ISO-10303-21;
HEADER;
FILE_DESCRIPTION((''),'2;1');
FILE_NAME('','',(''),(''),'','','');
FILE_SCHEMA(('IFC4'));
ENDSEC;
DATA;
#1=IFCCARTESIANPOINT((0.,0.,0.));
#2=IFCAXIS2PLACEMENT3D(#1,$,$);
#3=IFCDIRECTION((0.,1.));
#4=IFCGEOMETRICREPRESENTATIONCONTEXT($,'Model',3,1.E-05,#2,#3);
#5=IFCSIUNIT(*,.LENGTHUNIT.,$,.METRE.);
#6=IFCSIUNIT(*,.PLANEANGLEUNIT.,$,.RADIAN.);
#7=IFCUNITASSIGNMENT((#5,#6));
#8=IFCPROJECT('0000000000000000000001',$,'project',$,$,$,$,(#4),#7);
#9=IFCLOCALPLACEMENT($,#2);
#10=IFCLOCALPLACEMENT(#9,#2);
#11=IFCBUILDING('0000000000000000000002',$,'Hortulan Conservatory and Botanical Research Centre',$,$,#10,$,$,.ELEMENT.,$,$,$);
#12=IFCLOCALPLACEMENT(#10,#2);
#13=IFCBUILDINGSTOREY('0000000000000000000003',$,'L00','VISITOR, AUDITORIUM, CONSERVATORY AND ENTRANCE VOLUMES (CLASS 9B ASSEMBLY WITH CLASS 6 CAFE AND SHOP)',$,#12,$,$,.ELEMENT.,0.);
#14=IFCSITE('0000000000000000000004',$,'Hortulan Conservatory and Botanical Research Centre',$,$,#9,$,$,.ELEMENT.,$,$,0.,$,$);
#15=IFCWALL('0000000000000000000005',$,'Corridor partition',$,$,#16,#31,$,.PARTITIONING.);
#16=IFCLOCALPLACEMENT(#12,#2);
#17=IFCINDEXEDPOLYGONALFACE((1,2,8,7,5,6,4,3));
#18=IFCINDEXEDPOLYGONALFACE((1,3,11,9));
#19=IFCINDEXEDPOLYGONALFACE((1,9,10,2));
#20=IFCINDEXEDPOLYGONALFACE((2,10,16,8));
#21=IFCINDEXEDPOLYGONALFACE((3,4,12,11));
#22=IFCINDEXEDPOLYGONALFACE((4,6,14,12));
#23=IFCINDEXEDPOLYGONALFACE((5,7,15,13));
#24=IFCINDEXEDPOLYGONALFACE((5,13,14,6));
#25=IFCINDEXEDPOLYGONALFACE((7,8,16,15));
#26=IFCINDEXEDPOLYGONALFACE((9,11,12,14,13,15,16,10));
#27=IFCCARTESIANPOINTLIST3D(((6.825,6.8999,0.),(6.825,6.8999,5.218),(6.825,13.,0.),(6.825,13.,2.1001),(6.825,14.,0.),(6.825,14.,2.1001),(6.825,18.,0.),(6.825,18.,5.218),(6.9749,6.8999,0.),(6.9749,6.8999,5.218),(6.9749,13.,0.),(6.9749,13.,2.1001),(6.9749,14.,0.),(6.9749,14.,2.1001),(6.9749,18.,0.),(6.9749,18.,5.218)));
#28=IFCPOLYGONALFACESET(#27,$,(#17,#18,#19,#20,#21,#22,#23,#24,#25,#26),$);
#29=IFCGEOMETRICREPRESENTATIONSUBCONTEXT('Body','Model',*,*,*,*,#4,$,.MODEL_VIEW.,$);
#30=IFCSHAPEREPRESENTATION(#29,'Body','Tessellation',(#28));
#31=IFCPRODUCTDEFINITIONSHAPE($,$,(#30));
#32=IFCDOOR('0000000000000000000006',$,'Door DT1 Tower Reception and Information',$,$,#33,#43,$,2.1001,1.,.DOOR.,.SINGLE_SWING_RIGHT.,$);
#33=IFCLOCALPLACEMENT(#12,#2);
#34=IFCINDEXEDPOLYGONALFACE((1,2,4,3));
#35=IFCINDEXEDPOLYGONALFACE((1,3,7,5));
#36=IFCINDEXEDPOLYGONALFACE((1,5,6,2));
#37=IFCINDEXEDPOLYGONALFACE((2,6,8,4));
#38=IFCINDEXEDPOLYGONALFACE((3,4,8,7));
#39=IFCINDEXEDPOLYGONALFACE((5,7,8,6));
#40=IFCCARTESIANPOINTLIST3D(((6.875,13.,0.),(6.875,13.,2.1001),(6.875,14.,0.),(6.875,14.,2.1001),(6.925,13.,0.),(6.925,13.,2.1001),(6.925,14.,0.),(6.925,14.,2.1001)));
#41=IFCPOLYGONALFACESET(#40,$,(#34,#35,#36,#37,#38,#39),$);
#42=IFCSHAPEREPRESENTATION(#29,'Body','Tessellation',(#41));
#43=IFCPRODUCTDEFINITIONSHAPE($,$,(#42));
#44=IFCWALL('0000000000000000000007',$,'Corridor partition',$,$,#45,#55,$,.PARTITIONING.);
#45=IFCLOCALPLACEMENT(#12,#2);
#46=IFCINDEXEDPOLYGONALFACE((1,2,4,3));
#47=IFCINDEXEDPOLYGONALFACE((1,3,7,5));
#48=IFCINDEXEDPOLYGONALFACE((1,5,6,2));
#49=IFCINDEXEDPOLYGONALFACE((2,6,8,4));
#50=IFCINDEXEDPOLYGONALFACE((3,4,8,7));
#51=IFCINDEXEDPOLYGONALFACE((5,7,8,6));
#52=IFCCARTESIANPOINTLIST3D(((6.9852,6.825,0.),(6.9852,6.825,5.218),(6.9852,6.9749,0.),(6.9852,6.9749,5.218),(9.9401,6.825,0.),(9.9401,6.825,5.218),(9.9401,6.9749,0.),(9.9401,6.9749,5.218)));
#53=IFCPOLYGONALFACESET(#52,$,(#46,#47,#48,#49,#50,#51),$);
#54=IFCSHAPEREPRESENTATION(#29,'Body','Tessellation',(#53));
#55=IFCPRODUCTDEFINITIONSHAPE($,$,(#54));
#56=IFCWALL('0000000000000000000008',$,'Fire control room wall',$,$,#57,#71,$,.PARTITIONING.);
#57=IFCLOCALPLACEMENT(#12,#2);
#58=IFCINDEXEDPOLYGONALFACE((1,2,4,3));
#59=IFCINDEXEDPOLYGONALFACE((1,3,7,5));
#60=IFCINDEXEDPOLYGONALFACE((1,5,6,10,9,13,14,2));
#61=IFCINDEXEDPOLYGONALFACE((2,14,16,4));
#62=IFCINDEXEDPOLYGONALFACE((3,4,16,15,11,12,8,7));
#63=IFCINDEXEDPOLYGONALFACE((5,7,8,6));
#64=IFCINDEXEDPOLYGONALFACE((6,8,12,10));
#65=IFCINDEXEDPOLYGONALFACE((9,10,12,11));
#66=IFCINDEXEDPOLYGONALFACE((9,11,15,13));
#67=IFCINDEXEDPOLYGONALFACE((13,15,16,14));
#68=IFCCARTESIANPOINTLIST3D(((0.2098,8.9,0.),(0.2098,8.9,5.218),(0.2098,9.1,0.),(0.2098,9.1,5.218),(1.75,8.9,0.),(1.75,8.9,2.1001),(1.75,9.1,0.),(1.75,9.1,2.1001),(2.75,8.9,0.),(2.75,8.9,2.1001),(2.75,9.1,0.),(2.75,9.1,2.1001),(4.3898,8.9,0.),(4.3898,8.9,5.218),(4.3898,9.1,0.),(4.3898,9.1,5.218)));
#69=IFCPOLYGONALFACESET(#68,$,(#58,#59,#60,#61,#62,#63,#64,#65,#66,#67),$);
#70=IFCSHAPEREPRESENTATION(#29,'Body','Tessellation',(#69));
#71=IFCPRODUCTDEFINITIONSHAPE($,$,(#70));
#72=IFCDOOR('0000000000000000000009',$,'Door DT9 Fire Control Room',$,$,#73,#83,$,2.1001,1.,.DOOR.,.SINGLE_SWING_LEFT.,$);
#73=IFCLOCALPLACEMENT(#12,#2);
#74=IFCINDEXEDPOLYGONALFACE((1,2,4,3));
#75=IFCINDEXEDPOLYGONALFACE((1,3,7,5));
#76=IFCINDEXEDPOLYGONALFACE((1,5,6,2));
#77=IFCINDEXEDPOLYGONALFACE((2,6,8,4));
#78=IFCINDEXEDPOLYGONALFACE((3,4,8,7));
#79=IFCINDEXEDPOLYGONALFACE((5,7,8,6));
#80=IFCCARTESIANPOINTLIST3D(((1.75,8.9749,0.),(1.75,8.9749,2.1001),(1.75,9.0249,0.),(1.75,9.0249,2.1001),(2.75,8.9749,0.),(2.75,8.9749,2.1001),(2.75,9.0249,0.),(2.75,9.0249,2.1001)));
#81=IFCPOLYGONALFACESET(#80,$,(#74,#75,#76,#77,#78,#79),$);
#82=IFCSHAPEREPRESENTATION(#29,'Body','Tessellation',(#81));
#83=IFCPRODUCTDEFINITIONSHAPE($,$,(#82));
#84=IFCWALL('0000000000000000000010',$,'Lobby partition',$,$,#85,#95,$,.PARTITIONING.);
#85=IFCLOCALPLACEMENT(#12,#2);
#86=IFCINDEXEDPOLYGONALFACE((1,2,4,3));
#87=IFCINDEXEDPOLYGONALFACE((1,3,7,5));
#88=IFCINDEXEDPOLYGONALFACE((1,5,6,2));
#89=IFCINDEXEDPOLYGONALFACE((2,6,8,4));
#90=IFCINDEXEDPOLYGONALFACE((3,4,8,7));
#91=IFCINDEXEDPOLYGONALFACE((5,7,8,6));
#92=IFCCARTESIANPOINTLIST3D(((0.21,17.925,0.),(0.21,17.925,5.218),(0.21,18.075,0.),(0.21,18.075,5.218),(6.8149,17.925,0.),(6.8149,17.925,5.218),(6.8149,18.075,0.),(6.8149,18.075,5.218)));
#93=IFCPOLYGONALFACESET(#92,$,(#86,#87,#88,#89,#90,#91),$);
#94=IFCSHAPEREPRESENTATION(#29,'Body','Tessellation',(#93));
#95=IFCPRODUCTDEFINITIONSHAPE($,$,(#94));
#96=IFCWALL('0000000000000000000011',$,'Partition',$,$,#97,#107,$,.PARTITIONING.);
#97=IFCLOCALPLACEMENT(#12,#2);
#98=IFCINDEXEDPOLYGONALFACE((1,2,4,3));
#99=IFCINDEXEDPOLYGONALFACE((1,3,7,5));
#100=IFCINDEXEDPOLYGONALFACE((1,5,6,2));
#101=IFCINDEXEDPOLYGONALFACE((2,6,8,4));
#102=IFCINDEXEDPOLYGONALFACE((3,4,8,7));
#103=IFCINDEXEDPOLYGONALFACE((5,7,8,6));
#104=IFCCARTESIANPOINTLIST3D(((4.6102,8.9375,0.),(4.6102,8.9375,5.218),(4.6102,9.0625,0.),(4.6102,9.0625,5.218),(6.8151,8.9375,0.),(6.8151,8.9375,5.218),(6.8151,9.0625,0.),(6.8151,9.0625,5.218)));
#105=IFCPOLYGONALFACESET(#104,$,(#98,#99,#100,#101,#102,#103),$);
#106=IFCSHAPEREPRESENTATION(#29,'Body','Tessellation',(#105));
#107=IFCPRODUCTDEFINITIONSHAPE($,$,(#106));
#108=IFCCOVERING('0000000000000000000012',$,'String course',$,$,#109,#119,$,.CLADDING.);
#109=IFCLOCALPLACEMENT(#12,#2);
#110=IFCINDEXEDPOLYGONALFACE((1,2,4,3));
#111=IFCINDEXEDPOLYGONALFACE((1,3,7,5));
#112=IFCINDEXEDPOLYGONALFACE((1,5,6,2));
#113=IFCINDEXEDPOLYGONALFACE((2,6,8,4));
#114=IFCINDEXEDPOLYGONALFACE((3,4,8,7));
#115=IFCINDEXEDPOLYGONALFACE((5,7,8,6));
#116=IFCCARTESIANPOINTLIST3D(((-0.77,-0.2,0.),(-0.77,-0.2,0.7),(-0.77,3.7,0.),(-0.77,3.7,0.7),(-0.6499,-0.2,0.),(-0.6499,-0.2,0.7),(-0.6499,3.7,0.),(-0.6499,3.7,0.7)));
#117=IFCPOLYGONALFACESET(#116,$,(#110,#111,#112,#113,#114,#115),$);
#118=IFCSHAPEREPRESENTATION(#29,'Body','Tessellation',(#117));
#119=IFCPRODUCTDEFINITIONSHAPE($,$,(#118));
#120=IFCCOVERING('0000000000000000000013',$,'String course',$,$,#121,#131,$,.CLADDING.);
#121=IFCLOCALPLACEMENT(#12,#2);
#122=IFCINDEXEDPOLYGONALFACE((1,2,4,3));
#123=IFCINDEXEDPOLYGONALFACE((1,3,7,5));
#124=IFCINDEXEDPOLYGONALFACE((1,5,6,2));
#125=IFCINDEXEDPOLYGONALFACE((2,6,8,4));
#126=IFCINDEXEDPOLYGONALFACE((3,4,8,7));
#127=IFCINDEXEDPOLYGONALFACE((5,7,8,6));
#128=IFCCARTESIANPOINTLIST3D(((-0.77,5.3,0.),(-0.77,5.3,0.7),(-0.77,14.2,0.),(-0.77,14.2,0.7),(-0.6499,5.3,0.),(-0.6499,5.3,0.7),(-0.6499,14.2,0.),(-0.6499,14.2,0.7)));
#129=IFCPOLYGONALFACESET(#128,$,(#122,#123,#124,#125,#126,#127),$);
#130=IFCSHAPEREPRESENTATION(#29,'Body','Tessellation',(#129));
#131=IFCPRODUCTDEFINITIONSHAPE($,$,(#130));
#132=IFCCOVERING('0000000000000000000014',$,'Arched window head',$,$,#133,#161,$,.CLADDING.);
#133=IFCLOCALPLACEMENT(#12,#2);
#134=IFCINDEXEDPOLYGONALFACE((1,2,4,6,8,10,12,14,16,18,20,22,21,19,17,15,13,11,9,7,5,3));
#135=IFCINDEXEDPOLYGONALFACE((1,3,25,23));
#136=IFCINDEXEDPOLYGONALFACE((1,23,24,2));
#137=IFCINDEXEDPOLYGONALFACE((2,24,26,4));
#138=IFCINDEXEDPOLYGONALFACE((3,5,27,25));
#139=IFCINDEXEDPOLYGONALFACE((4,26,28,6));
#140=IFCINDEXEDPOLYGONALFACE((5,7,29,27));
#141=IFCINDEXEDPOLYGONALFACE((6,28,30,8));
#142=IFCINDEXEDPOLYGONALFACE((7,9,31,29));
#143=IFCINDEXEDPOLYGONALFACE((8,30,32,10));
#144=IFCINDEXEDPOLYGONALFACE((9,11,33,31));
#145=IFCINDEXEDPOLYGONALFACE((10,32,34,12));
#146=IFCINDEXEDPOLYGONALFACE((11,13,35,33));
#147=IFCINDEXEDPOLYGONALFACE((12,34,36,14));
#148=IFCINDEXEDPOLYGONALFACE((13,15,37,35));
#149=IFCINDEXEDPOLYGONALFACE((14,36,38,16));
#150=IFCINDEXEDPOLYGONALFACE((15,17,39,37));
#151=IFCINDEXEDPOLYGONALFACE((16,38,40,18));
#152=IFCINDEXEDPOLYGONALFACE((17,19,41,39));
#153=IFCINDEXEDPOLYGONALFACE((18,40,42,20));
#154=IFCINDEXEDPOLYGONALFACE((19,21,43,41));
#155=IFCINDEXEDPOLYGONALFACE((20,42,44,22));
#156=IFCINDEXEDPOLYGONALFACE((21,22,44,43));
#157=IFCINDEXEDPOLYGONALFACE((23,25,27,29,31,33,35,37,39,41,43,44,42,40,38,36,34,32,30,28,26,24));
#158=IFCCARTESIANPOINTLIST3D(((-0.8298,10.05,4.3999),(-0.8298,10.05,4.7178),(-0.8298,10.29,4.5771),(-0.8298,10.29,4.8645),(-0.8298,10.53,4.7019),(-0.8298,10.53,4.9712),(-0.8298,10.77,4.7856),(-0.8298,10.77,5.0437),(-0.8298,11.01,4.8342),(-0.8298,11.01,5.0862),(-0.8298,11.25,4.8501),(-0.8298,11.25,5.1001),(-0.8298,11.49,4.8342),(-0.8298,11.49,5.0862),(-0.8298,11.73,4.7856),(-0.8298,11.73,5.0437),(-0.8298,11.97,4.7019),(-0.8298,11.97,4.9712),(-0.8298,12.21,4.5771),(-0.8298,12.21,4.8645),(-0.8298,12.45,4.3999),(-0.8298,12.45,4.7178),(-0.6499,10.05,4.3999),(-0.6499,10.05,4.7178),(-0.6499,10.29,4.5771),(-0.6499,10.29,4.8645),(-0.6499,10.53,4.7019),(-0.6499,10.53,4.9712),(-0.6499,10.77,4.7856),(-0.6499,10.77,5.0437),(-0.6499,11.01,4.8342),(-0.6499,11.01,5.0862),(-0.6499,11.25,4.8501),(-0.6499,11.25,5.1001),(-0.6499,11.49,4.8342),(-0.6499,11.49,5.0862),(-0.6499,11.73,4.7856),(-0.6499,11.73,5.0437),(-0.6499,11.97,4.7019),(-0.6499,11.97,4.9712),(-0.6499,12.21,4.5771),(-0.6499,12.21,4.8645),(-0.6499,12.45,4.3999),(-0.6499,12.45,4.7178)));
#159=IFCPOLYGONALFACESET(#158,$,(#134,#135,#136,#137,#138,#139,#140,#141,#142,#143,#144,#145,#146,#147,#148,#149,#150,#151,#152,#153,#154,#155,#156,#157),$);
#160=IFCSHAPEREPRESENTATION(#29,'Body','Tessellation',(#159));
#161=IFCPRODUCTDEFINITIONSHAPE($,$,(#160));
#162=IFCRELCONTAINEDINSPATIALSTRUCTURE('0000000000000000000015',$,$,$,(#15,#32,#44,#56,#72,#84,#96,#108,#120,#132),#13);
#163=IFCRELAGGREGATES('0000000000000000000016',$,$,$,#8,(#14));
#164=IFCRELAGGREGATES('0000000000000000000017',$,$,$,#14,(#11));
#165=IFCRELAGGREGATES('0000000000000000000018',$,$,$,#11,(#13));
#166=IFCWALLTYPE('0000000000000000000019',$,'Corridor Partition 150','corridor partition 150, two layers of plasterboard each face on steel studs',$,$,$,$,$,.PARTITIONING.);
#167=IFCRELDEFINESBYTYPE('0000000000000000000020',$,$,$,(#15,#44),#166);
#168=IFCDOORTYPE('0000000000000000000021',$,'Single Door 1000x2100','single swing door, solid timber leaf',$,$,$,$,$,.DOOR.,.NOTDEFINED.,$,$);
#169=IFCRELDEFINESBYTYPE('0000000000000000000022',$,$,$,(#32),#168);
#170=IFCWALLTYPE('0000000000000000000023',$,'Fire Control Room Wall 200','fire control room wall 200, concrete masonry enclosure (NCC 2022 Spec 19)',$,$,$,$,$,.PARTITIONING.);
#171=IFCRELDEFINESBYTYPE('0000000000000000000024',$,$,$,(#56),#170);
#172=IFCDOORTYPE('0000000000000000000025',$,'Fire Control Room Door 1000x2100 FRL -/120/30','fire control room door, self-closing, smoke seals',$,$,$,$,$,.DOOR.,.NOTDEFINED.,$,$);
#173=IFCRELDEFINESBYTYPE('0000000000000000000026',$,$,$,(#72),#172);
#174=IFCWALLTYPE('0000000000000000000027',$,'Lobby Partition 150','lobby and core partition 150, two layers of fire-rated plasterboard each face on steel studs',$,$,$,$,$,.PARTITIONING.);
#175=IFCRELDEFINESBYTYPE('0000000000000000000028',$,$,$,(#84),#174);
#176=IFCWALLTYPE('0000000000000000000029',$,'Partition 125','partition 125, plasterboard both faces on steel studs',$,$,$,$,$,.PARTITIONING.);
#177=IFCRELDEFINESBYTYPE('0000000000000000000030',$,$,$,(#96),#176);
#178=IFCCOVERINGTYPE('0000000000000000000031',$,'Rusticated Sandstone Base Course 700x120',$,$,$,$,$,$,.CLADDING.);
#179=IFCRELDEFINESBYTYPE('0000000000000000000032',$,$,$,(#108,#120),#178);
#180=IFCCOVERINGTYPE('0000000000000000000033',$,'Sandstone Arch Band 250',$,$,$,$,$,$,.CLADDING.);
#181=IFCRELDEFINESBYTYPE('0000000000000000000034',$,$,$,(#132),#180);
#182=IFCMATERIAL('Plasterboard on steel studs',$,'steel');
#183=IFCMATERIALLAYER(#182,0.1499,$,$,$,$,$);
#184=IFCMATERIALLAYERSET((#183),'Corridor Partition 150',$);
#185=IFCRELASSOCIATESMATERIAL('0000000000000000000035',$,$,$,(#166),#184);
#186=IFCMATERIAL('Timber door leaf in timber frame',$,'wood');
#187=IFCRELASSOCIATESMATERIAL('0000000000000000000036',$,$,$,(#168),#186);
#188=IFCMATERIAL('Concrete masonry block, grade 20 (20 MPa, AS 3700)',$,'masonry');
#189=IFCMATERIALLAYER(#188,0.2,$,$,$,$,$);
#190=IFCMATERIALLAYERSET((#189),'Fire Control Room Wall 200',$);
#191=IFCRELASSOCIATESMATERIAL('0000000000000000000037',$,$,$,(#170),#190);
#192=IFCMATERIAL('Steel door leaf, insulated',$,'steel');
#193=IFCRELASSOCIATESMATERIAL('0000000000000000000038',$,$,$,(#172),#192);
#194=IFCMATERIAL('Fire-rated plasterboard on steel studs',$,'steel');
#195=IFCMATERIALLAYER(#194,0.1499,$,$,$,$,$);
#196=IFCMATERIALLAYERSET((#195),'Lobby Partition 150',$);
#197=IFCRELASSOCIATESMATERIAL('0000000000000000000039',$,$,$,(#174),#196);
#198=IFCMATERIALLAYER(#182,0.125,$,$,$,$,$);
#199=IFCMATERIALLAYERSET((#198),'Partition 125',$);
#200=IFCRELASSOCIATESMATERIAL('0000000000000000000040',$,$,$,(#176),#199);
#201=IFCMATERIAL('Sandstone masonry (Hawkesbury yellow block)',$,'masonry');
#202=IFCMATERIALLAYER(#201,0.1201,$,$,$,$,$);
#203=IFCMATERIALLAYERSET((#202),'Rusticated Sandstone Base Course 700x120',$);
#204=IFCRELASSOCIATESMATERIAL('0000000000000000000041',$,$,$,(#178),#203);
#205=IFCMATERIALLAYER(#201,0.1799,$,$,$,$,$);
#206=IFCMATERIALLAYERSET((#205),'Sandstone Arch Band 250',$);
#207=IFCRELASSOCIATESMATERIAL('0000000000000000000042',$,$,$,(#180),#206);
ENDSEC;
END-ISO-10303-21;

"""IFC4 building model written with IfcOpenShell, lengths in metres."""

from ifc_helpers import new_model, si_unit, direction, frame, frame_2d, origin, origin_2d, place, context, subcontext, project, spatial, polyline, rectangle, outline, extrude, material, layer, layer_set, type_object, element, fill, save


model = new_model("IFC4")

# Units and contexts
model_context = context("Model", 3, precision=1e-05, world=origin(), true_north=direction((0.0, 1.0)))
body_context = subcontext(model_context, "Body", "Model", "MODEL_VIEW")
ifc_project = project(units=[si_unit("LENGTHUNIT", "METRE"), si_unit("PLANEANGLEUNIT", "RADIAN")], contexts=[model_context])

# Site, building, storey
site_placement = place(None, origin())
site = spatial("IfcSite", under=ifc_project, at=site_placement, Name="Hortulan Conservatory and Botanical Research Centre", CompositionType="ELEMENT", RefElevation=0.0)
building_placement = place(site_placement, origin())
building = spatial("IfcBuilding", under=site, at=building_placement, Name="Hortulan Conservatory and Botanical Research Centre", CompositionType="ELEMENT")
storey_placement = place(building_placement, origin())
storey = spatial("IfcBuildingStorey", under=building, at=storey_placement, Name="L00", Description="VISITOR, AUDITORIUM, CONSERVATORY AND ENTRANCE VOLUMES (CLASS 9B ASSEMBLY WITH CLASS 6 CAFE AND SHOP)", CompositionType="ELEMENT", Elevation=0.0)

# Wall, opening, door
ifc_material_1 = material(Name="Plasterboard on steel studs", Category="steel")
ifc_layer_1 = layer(ifc_material_1, 0.1499)
ifc_layer_set_1 = layer_set([ifc_layer_1], Name="Corridor Partition 150")
wall_type_1 = type_object("IfcWallType", Name="Corridor Partition 150", Description="corridor partition 150, two layers of plasterboard each face on steel studs", PredefinedType="PARTITIONING", material=ifc_layer_set_1)
wall_1_placement = place(storey_placement, frame((6.8999, 6.8999, 0.0), z_axis=(0.0, 0.0, 1.0), x_axis=(0.0, 1.0, 0.0)))
wall_1 = element("IfcWall", 1, at=wall_1_placement, inside=storey, type_object=wall_type_1, Name="Corridor partition", PredefinedType="PARTITIONING", context=body_context, shape_type="SweptSolid", body=[
    extrude(rectangle(XDim=11.1001, YDim=0.1499, at=frame_2d((5.55, 0.0))), origin(), (0.0, 0.0, 1.0), 5.218),
])
opening_1_placement = place(wall_1_placement, frame((6.1001, 0.0, 0.0)))
opening_1 = element("IfcOpeningElement", 2, at=opening_1_placement, cuts=wall_1, PredefinedType="OPENING", context=body_context, shape_type="SweptSolid", body=[
    extrude(rectangle(XDim=1.0, YDim=2.1001, at=frame_2d((0.5, 1.05))), frame((0.0, 0.085, 0.0), z_axis=(0.0, -1.0, 0.0), x_axis=(1.0, 0.0, 0.0)), (0.0, 0.0, 1.0), 0.1699),
])
ifc_material_2 = material(Name="Timber door leaf in timber frame", Category="wood")
door_type_1 = type_object("IfcDoorType", Name="Single Door 1000x2100", Description="single swing door, solid timber leaf", OperationType="NOTDEFINED", PredefinedType="DOOR", material=ifc_material_2)
door_1_placement = place(opening_1_placement, origin())
door_1 = element("IfcDoor", 3, at=door_1_placement, inside=storey, type_object=door_type_1, Name="Door DT1 Tower Reception and Information", OperationType="SINGLE_SWING_RIGHT", OverallHeight=2.1001, OverallWidth=1.0, PredefinedType="DOOR", context=body_context, shape_type="SweptSolid", body=[
    extrude(rectangle(XDim=1.0, YDim=2.1001, at=frame_2d((0.5, 1.05))), frame((0.0, 0.0249, 0.0), z_axis=(0.0, -1.0, 0.0), x_axis=(1.0, 0.0, 0.0)), (0.0, 0.0, 1.0), 0.05),
])
fill(opening_1, door_1)

# Wall
wall_2_placement = place(storey_placement, frame((6.9851, 6.8999, 0.0), z_axis=(0.0, 0.0, 1.0), x_axis=(1.0, 0.0, 0.0)))
element("IfcWall", 4, at=wall_2_placement, inside=storey, type_object=wall_type_1, Name="Corridor partition", PredefinedType="PARTITIONING", context=body_context, shape_type="SweptSolid", body=[
    extrude(rectangle(XDim=2.9548, YDim=0.1499, at=frame_2d((1.4775, 0.0))), origin(), (0.0, 0.0, 1.0), 5.218),
])

# Wall, opening, door
ifc_material_3 = material(Name="Concrete masonry block, grade 20 (20 MPa, AS 3700)", Category="masonry")
ifc_layer_2 = layer(ifc_material_3, 0.2)
ifc_layer_set_2 = layer_set([ifc_layer_2], Name="Fire Control Room Wall 200")
wall_type_2 = type_object("IfcWallType", Name="Fire Control Room Wall 200", Description="fire control room wall 200, concrete masonry enclosure (NCC 2022 Spec 19)", PredefinedType="PARTITIONING", material=ifc_layer_set_2)
wall_3_placement = place(storey_placement, frame((0.21, 9.0, 0.0), z_axis=(0.0, 0.0, 1.0), x_axis=(1.0, 0.0, 0.0)))
wall_3 = element("IfcWall", 5, at=wall_3_placement, inside=storey, type_object=wall_type_2, Name="Fire control room wall", PredefinedType="PARTITIONING", context=body_context, shape_type="SweptSolid", body=[
    extrude(rectangle(XDim=4.1799, YDim=0.2, at=frame_2d((2.0898, 0.0))), origin(), (0.0, 0.0, 1.0), 5.218),
])
opening_2_placement = place(wall_3_placement, frame((1.54, 0.0, 0.0)))
opening_2 = element("IfcOpeningElement", 6, at=opening_2_placement, cuts=wall_3, PredefinedType="OPENING", context=body_context, shape_type="SweptSolid", body=[
    extrude(rectangle(XDim=1.0, YDim=2.1001, at=frame_2d((0.5, 1.05))), frame((0.0, 0.1099, 0.0), z_axis=(0.0, -1.0, 0.0), x_axis=(1.0, 0.0, 0.0)), (0.0, 0.0, 1.0), 0.22),
])
ifc_material_4 = material(Name="Steel door leaf, insulated", Category="steel")
door_type_2 = type_object("IfcDoorType", Name="Fire Control Room Door 1000x2100 FRL -/120/30", Description="fire control room door, self-closing, smoke seals", OperationType="NOTDEFINED", PredefinedType="DOOR", material=ifc_material_4)
door_2_placement = place(opening_2_placement, origin())
door_2 = element("IfcDoor", 7, at=door_2_placement, inside=storey, type_object=door_type_2, Name="Door DT9 Fire Control Room", OperationType="SINGLE_SWING_LEFT", OverallHeight=2.1001, OverallWidth=1.0, PredefinedType="DOOR", context=body_context, shape_type="SweptSolid", body=[
    extrude(rectangle(XDim=1.0, YDim=2.1001, at=frame_2d((0.5, 1.05))), frame((0.0, 0.0249, 0.0), z_axis=(0.0, -1.0, 0.0), x_axis=(1.0, 0.0, 0.0)), (0.0, 0.0, 1.0), 0.05),
])
fill(opening_2, door_2)

# Walls
ifc_material_5 = material(Name="Fire-rated plasterboard on steel studs", Category="steel")
ifc_layer_3 = layer(ifc_material_5, 0.1499)
ifc_layer_set_3 = layer_set([ifc_layer_3], Name="Lobby Partition 150")
wall_type_3 = type_object("IfcWallType", Name="Lobby Partition 150", Description="lobby and core partition 150, two layers of fire-rated plasterboard each face on steel studs", PredefinedType="PARTITIONING", material=ifc_layer_set_3)
wall_4_placement = place(storey_placement, frame((0.21, 18.0, 0.0), z_axis=(0.0, 0.0, 1.0), x_axis=(1.0, 0.0, 0.0)))
element("IfcWall", 8, at=wall_4_placement, inside=storey, type_object=wall_type_3, Name="Lobby partition", PredefinedType="PARTITIONING", context=body_context, shape_type="SweptSolid", body=[
    extrude(rectangle(XDim=6.605, YDim=0.1499, at=frame_2d((3.3025, 0.0))), origin(), (0.0, 0.0, 1.0), 5.218),
])
ifc_layer_4 = layer(ifc_material_1, 0.125)
ifc_layer_set_4 = layer_set([ifc_layer_4], Name="Partition 125")
wall_type_4 = type_object("IfcWallType", Name="Partition 125", Description="partition 125, plasterboard both faces on steel studs", PredefinedType="PARTITIONING", material=ifc_layer_set_4)
wall_5_placement = place(storey_placement, frame((4.6101, 9.0, 0.0), z_axis=(0.0, 0.0, 1.0), x_axis=(1.0, 0.0, 0.0)))
element("IfcWall", 9, at=wall_5_placement, inside=storey, type_object=wall_type_4, Name="Partition", PredefinedType="PARTITIONING", context=body_context, shape_type="SweptSolid", body=[
    extrude(rectangle(XDim=2.2048, YDim=0.125, at=frame_2d((1.1025, 0.0))), origin(), (0.0, 0.0, 1.0), 5.218),
])

# Coverings
ifc_material_6 = material(Name="Sandstone masonry (Hawkesbury yellow block)", Category="masonry")
ifc_layer_5 = layer(ifc_material_6, 0.1201)
ifc_layer_set_5 = layer_set([ifc_layer_5], Name="Rusticated Sandstone Base Course 700x120")
covering_type_1 = type_object("IfcCoveringType", Name="Rusticated Sandstone Base Course 700x120", PredefinedType="CLADDING", material=ifc_layer_set_5)
covering_1_placement = place(storey_placement, frame((-0.71, 1.75, 0.0), z_axis=(0.0, 0.0, 1.0), x_axis=(0.0, 1.0, 0.0)))
element("IfcCovering", 10, at=covering_1_placement, inside=storey, type_object=covering_type_1, Name="String course", PredefinedType="CLADDING", context=body_context, shape_type="SweptSolid", body=[
    extrude(rectangle(XDim=3.8999, YDim=0.1201, at=origin_2d()), origin(), (0.0, 0.0, 1.0), 0.7),
])
covering_2_placement = place(storey_placement, frame((-0.71, 9.75, 0.0), z_axis=(0.0, 0.0, 1.0), x_axis=(0.0, 1.0, 0.0)))
element("IfcCovering", 11, at=covering_2_placement, inside=storey, type_object=covering_type_1, Name="String course", PredefinedType="CLADDING", context=body_context, shape_type="SweptSolid", body=[
    extrude(rectangle(XDim=8.8999, YDim=0.1201, at=origin_2d()), origin(), (0.0, 0.0, 1.0), 0.7),
])
ifc_layer_6 = layer(ifc_material_6, 0.1799)
ifc_layer_set_6 = layer_set([ifc_layer_6], Name="Sandstone Arch Band 250")
covering_type_2 = type_object("IfcCoveringType", Name="Sandstone Arch Band 250", PredefinedType="CLADDING", material=ifc_layer_set_6)
covering_3_placement = place(storey_placement, frame((-0.74, 10.05, 4.3999), z_axis=(0.0, 0.0, 1.0), x_axis=(0.0, 1.0, 0.0)))
element("IfcCovering", 12, at=covering_3_placement, inside=storey, type_object=covering_type_2, Name="Arched window head", PredefinedType="CLADDING", context=body_context, shape_type="SweptSolid", body=[
    extrude(outline(polyline([(0.0, 0.0), (0.24, 0.1772), (0.48, 0.302), (0.72, 0.3857), (0.96, 0.4343), (1.2, 0.4502), (1.4399, 0.4343), (1.6799, 0.3857), (1.9199, 0.302), (2.1599, 0.1772), (2.3999, 0.0), (2.3999, 0.3179), (2.1599, 0.4646), (1.9199, 0.5713), (1.6799, 0.6438), (1.4399, 0.6863), (1.2, 0.7002), (0.96, 0.6863), (0.72, 0.6438), (0.48, 0.5713), (0.24, 0.4646), (0.0, 0.3179), (0.0, 0.0)])), frame((0.0, 0.0898, 0.0), z_axis=(0.0, -1.0, 0.0), x_axis=(1.0, 0.0, 0.0)), (0.0, 0.0, 1.0), 0.1799),
])

save(model, "model.ifc")
